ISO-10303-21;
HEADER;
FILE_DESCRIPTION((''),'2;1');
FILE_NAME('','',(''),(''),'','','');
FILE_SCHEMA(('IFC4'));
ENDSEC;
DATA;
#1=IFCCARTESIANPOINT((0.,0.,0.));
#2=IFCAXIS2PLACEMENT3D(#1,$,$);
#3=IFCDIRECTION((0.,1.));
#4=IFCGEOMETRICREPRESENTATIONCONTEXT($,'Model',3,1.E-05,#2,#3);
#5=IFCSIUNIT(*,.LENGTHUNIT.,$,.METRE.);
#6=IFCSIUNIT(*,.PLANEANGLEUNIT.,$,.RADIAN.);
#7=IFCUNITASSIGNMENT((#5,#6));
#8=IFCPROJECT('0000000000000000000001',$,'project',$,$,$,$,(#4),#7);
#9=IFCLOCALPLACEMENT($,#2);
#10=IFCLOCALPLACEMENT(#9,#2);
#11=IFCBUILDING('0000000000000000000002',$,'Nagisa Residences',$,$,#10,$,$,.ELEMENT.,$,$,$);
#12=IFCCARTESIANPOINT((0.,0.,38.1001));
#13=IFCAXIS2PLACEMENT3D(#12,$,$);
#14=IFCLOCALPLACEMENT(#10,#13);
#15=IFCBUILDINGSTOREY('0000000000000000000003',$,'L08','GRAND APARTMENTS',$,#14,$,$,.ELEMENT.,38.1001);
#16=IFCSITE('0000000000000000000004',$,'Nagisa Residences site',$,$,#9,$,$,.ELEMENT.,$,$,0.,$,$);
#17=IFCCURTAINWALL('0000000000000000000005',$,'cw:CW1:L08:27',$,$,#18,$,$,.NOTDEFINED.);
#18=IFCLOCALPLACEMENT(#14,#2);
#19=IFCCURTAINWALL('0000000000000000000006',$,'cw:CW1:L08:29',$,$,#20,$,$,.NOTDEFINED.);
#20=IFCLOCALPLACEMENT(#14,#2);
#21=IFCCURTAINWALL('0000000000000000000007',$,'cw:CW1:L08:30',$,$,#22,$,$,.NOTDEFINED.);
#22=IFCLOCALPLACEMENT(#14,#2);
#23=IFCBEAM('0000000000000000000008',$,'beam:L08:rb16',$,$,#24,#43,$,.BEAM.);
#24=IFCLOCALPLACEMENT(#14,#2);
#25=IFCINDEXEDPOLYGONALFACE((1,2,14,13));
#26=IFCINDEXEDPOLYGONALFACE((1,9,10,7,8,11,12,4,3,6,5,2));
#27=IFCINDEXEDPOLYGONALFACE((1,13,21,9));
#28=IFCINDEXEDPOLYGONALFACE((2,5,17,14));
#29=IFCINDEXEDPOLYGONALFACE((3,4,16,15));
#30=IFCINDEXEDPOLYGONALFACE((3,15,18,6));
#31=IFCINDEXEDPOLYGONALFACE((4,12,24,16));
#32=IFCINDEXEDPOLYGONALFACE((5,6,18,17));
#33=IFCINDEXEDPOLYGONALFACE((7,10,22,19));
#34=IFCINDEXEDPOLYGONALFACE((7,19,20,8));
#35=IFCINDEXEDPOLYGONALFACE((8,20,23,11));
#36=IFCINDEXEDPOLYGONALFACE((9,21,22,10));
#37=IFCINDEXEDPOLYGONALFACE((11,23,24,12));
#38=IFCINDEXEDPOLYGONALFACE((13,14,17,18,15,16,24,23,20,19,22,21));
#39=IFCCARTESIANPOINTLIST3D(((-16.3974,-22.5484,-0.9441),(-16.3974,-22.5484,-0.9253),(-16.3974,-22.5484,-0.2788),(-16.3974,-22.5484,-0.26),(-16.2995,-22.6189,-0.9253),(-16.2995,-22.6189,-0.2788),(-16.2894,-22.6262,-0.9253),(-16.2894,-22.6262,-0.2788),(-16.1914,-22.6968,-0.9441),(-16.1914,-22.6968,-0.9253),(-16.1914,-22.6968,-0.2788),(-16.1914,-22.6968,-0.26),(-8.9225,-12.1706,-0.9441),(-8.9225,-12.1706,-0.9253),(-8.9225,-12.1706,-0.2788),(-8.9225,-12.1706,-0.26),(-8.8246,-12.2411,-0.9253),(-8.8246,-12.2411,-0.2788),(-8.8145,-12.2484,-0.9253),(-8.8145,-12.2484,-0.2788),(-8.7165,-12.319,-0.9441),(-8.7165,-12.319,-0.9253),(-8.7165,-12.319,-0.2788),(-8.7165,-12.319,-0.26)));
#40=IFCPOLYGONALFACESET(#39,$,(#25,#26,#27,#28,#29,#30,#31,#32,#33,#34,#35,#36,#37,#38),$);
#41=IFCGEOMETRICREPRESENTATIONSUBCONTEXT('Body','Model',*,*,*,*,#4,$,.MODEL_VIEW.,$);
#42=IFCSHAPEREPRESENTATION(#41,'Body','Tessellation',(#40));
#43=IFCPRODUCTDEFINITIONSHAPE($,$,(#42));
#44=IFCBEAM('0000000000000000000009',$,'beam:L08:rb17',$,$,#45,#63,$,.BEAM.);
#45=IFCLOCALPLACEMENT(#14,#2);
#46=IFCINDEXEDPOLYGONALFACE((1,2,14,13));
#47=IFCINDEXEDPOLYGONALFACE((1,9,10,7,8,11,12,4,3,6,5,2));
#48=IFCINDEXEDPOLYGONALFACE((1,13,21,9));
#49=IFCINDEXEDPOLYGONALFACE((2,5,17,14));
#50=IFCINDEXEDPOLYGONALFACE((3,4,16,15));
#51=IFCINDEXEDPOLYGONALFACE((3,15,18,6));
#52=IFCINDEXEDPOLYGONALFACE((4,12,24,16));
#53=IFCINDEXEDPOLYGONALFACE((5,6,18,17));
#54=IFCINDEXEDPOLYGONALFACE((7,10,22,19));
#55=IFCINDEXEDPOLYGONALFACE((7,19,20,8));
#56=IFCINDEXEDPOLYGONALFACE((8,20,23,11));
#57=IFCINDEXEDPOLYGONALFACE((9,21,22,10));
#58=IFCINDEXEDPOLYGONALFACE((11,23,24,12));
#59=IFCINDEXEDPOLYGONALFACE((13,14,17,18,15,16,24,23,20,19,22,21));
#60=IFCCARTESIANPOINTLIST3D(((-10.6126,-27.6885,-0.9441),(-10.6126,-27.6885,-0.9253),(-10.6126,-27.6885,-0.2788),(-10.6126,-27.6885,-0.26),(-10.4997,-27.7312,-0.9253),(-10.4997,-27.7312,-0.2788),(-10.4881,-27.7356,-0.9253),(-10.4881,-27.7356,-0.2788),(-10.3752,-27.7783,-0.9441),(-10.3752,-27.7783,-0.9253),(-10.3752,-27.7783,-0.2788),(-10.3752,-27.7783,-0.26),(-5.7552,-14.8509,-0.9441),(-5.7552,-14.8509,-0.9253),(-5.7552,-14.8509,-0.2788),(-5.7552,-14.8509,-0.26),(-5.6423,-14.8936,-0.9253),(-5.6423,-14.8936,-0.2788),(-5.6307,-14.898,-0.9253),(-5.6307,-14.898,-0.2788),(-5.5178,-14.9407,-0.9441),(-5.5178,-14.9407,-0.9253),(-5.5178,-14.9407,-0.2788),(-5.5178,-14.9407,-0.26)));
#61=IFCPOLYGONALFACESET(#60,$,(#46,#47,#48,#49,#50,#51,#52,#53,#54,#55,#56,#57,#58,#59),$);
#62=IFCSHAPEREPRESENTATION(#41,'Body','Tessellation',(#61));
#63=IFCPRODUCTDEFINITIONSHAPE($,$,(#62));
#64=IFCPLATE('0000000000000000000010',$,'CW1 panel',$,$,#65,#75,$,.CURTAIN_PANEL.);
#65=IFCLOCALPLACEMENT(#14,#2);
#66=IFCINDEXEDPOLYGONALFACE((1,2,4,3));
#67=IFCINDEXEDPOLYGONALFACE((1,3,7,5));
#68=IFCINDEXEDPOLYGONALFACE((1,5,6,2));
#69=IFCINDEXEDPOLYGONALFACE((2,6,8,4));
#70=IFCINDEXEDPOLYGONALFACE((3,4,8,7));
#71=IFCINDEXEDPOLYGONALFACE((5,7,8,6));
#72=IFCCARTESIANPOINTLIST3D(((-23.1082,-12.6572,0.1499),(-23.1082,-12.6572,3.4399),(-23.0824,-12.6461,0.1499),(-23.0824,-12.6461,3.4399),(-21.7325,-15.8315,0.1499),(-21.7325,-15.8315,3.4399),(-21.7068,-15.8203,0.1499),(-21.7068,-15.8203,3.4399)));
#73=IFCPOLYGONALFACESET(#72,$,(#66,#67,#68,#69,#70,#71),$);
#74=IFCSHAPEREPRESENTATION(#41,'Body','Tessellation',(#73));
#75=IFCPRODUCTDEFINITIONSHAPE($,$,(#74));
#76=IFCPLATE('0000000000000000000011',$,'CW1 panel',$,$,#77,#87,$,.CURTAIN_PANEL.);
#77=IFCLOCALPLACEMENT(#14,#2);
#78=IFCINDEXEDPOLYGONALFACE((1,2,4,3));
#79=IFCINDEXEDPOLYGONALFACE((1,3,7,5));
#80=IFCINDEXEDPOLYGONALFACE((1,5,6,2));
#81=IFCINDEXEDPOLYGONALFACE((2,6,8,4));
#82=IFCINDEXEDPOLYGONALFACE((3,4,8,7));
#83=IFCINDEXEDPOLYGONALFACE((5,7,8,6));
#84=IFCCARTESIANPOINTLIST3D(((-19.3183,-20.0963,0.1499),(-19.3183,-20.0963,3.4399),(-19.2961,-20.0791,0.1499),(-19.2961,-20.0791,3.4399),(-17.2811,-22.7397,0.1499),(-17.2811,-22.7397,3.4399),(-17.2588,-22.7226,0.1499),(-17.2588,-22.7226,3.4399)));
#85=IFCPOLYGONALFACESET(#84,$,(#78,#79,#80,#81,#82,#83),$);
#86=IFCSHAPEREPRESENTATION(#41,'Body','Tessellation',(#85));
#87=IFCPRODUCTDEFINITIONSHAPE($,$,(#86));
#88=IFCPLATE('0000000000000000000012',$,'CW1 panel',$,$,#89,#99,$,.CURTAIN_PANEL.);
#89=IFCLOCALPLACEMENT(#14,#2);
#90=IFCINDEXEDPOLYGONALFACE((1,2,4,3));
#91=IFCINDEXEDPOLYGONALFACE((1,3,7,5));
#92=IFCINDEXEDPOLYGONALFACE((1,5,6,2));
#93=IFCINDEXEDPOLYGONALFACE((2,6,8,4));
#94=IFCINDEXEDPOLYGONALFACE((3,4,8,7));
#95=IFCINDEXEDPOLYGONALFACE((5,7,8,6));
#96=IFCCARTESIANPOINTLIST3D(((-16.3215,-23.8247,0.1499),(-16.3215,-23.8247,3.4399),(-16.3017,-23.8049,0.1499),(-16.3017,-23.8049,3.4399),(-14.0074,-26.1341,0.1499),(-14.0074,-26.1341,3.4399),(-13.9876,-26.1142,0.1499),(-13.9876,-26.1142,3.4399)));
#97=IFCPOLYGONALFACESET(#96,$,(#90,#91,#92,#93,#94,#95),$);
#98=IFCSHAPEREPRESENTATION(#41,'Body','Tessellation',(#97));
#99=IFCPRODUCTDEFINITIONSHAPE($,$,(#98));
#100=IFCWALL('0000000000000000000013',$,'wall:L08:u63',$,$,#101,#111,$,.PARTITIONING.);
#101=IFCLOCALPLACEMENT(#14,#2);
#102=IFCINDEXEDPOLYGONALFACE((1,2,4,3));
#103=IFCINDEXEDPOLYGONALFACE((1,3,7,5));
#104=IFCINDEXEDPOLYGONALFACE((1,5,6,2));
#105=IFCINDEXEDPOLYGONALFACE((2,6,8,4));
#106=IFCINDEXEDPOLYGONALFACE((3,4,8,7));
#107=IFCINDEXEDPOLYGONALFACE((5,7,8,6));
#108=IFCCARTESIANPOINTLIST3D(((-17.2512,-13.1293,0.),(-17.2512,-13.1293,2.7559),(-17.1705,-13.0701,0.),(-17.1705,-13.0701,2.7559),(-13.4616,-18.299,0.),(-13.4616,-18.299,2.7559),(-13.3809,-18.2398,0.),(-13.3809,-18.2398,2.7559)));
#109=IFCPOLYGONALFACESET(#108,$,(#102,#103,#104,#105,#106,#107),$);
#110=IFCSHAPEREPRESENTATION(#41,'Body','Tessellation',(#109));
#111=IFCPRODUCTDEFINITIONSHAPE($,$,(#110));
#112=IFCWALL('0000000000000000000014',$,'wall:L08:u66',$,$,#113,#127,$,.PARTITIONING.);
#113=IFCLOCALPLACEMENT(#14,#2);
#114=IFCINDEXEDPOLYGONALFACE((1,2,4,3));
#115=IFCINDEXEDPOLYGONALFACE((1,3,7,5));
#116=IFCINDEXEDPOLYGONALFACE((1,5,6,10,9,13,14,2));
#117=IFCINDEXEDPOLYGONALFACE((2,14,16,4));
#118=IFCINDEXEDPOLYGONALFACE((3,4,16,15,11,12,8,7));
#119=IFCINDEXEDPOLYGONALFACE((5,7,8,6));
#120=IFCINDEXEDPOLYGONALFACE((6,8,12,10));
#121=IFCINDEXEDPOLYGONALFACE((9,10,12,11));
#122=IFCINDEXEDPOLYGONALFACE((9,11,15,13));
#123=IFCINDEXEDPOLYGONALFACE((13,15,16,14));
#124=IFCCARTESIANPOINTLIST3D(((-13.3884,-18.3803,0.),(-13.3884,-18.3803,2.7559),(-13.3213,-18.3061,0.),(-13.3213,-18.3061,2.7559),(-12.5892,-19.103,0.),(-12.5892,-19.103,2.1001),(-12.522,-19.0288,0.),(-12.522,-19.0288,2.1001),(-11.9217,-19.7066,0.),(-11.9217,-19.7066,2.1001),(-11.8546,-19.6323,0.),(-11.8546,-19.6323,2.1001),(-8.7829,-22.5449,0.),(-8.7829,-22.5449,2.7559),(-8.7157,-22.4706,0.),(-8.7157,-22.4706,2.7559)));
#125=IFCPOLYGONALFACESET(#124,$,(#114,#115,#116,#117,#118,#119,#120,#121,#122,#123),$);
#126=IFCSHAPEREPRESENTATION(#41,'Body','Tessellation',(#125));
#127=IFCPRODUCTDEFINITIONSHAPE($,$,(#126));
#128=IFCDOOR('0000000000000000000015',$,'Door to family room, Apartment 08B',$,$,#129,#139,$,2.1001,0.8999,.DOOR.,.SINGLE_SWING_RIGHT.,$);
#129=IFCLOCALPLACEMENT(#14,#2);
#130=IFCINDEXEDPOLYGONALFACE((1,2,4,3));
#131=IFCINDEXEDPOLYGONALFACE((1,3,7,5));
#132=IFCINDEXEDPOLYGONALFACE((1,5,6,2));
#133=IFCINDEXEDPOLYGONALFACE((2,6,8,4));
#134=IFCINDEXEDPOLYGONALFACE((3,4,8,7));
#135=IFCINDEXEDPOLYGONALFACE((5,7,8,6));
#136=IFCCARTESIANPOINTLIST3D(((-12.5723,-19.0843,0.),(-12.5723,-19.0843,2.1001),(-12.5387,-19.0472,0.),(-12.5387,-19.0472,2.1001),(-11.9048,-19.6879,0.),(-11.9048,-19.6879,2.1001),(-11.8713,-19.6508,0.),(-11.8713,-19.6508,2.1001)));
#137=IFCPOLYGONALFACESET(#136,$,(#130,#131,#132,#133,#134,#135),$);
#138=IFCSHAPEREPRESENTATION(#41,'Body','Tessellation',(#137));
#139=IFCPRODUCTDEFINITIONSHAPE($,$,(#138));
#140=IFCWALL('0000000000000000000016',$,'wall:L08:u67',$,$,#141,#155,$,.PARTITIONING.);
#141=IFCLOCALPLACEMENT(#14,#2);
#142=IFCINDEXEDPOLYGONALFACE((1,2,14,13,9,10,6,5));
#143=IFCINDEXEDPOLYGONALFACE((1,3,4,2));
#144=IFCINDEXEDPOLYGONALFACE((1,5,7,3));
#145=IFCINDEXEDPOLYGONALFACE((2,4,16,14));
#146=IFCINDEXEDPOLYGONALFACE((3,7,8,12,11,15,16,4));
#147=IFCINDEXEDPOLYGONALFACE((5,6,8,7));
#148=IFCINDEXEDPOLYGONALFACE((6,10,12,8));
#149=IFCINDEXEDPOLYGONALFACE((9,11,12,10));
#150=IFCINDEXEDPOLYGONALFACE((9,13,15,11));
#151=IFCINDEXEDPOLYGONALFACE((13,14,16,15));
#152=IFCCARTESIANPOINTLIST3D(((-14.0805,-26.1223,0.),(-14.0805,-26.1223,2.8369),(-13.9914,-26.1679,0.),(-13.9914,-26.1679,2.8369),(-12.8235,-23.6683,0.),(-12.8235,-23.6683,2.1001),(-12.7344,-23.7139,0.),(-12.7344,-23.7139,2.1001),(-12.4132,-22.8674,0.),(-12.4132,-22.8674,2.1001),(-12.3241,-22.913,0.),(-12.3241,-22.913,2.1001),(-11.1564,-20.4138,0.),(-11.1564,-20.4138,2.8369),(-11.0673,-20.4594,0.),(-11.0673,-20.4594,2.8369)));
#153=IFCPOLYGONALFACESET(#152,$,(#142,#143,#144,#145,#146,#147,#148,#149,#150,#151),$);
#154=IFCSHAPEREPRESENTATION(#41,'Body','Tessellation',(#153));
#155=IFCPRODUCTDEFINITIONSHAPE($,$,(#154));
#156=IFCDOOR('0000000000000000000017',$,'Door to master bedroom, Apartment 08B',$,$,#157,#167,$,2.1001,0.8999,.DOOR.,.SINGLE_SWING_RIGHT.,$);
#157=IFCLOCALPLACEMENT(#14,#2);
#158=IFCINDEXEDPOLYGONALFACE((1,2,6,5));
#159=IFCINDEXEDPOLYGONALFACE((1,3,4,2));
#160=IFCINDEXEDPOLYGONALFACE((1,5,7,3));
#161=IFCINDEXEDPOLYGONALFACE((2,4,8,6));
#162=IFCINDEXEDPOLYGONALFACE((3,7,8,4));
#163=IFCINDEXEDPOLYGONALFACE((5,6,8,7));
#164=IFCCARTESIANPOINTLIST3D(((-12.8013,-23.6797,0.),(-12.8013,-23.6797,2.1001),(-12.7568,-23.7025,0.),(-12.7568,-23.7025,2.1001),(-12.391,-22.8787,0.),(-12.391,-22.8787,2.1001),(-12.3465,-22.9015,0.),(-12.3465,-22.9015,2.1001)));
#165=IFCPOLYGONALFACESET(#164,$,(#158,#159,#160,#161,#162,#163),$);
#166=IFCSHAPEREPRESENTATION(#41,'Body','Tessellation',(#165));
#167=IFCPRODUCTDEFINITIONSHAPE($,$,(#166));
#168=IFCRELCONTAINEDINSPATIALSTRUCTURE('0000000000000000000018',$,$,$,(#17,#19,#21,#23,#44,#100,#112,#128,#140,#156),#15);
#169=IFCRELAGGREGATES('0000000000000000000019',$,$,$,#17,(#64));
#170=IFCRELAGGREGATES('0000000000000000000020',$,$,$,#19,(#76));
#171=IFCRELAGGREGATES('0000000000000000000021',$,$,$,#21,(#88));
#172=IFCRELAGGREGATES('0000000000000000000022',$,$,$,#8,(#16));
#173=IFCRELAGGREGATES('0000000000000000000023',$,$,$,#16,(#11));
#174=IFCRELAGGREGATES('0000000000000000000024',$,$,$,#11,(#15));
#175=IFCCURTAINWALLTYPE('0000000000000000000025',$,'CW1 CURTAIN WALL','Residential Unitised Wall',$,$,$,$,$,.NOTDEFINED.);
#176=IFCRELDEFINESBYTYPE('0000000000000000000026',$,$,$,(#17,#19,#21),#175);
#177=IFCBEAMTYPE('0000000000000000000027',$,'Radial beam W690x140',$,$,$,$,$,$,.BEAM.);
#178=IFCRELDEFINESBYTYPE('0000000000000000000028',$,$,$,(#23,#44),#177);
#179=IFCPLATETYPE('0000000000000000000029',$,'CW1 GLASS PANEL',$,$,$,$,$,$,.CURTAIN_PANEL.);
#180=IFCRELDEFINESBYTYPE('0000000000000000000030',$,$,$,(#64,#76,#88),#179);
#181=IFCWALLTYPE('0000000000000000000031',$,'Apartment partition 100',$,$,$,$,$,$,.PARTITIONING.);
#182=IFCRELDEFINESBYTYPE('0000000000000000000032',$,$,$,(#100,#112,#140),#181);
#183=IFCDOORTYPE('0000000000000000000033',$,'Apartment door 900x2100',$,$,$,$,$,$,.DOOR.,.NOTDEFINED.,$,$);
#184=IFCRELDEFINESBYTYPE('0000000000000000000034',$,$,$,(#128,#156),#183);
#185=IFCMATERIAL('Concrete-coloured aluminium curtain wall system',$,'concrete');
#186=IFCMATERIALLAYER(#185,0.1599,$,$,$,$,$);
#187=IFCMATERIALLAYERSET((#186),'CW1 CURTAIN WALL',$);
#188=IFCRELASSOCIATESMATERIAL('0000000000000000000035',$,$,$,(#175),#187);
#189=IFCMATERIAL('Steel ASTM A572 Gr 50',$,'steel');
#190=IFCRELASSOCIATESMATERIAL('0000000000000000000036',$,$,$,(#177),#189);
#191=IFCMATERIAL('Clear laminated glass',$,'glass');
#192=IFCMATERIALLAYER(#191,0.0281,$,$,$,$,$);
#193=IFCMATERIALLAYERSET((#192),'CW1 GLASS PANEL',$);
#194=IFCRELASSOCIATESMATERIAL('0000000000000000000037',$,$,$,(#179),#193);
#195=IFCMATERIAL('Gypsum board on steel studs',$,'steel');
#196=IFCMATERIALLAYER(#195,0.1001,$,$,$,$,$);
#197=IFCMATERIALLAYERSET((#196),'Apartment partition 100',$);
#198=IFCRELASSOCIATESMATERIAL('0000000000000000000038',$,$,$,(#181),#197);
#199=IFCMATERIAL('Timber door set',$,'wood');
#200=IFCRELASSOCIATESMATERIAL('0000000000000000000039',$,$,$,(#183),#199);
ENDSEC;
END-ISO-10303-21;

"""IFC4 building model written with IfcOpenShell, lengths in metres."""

from ifc_helpers import new_model, si_unit, direction, frame, frame_2d, origin, origin_2d, place, context, subcontext, project, spatial, rectangle, i_section, extrude, material, layer, layer_set, material_profile, profile_set, type_object, element, fill, aggregate, save


model = new_model("IFC4")

# Units and contexts
model_context = context("Model", 3, precision=1e-05, world=origin(), true_north=direction((0.0, 1.0)))
body_context = subcontext(model_context, "Body", "Model", "MODEL_VIEW")
ifc_project = project(units=[si_unit("LENGTHUNIT", "METRE"), si_unit("PLANEANGLEUNIT", "RADIAN")], contexts=[model_context])

# Site, building, storey
site_placement = place(None, origin())
site = spatial("IfcSite", under=ifc_project, at=site_placement, Name="Nagisa Residences site", CompositionType="ELEMENT", RefElevation=0.0)
building_placement = place(site_placement, origin())
building = spatial("IfcBuilding", under=site, at=building_placement, Name="Nagisa Residences", CompositionType="ELEMENT")
storey_placement = place(building_placement, frame((0.0, 0.0, 38.1001)))
storey = spatial("IfcBuildingStorey", under=building, at=storey_placement, Name="L08", Description="GRAND APARTMENTS", CompositionType="ELEMENT", Elevation=38.1001)

# Curtain walls
ifc_material_1 = material(Name="Concrete-coloured aluminium curtain wall system", Category="concrete")
ifc_layer_1 = layer(ifc_material_1, 0.1599)
ifc_layer_set_1 = layer_set([ifc_layer_1], Name="CW1 CURTAIN WALL")
curtain_wall_type = type_object("IfcCurtainWallType", Name="CW1 CURTAIN WALL", Description="Residential Unitised Wall", PredefinedType="NOTDEFINED", material=ifc_layer_set_1)
curtain_wall_1_placement = place(storey_placement, origin())
curtain_wall_1 = element("IfcCurtainWall", 1, at=curtain_wall_1_placement, inside=storey, type_object=curtain_wall_type, Name="cw:CW1:L08:27", PredefinedType="NOTDEFINED")
curtain_wall_2_placement = place(storey_placement, origin())
curtain_wall_2 = element("IfcCurtainWall", 2, at=curtain_wall_2_placement, inside=storey, type_object=curtain_wall_type, Name="cw:CW1:L08:29", PredefinedType="NOTDEFINED")
curtain_wall_3_placement = place(storey_placement, origin())
curtain_wall_3 = element("IfcCurtainWall", 3, at=curtain_wall_3_placement, inside=storey, type_object=curtain_wall_type, Name="cw:CW1:L08:30", PredefinedType="NOTDEFINED")

# Beams
ifc_material_2 = material(Name="Steel ASTM A572 Gr 50", Category="steel")
ifc_material_profile_1 = material_profile(ifc_material_2, i_section(OverallWidth=0.2539, OverallDepth=0.6841, WebThickness=0.0125, FlangeThickness=0.0188, at=origin_2d()), Name="W690x140")
ifc_profile_set_1 = profile_set([ifc_material_profile_1], Name="Steel ASTM A572 Gr 50")
beam_type_1 = type_object("IfcBeamType", Name="Radial beam W690x140", PredefinedType="BEAM", material=ifc_profile_set_1)
beam_1_placement = place(storey_placement, frame((-16.2944, -22.6226, -0.6021), z_axis=(0.584455, 0.811426, 0.0), x_axis=(-0.811426, 0.584455, 0.0)))
element("IfcBeam", 4, at=beam_1_placement, inside=storey, type_object=beam_type_1, Name="beam:L08:rb16", PredefinedType="BEAM", context=body_context, shape_type="SweptSolid", body=[
    extrude(i_section(OverallWidth=0.2539, OverallDepth=0.6841, WebThickness=0.0125, FlangeThickness=0.0188, at=origin_2d()), origin(), (0.0, 0.0, 1.0), 12.7896),
])
beam_2_placement = place(storey_placement, frame((-10.4939, -27.7334, -0.6021), z_axis=(0.353888, 0.935288, 0.0), x_axis=(-0.935288, 0.353888, 0.0)))
element("IfcBeam", 5, at=beam_2_placement, inside=storey, type_object=beam_type_1, Name="beam:L08:rb17", PredefinedType="BEAM", context=body_context, shape_type="SweptSolid", body=[
    extrude(i_section(OverallWidth=0.2539, OverallDepth=0.6841, WebThickness=0.0125, FlangeThickness=0.0188, at=origin_2d()), origin(), (0.0, 0.0, 1.0), 13.7258),
])

# Plates
ifc_material_3 = material(Name="Clear laminated glass", Category="glass")
ifc_layer_2 = layer(ifc_material_3, 0.0281)
ifc_layer_set_2 = layer_set([ifc_layer_2], Name="CW1 GLASS PANEL")
plate_type = type_object("IfcPlateType", Name="CW1 GLASS PANEL", PredefinedType="CURTAIN_PANEL", material=ifc_layer_set_2)
plate_1_placement = place(storey_placement, frame((-22.4075, -14.2388, 0.1499), z_axis=(0.0, 0.0, 1.0), x_axis=(0.397636, -0.917543, 0.0)))
plate_1 = element("IfcPlate", 6, at=plate_1_placement, type_object=plate_type, Name="CW1 panel", PredefinedType="CURTAIN_PANEL", context=body_context, shape_type="SweptSolid", body=[
    extrude(rectangle(XDim=3.4595, YDim=0.0281, at=origin_2d()), origin(), (0.0, 0.0, 1.0), 3.29),
])
aggregate(curtain_wall_1, [plate_1])
plate_2_placement = place(storey_placement, frame((-18.2886, -21.4094, 0.1499), z_axis=(0.0, 0.0, 1.0), x_axis=(0.61043, -0.79207, 0.0)))
plate_2 = element("IfcPlate", 7, at=plate_2_placement, type_object=plate_type, Name="CW1 panel", PredefinedType="CURTAIN_PANEL", context=body_context, shape_type="SweptSolid", body=[
    extrude(rectangle(XDim=3.3374, YDim=0.0281, at=origin_2d()), origin(), (0.0, 0.0, 1.0), 3.29),
])
aggregate(curtain_wall_2, [plate_2])
plate_3_placement = place(storey_placement, frame((-15.1545, -24.9695, 0.1499), z_axis=(0.0, 0.0, 1.0), x_axis=(0.707836, -0.706377, 0.0)))
plate_3 = element("IfcPlate", 8, at=plate_3_placement, type_object=plate_type, Name="CW1 panel", PredefinedType="CURTAIN_PANEL", context=body_context, shape_type="SweptSolid", body=[
    extrude(rectangle(XDim=3.2693, YDim=0.0281, at=origin_2d()), origin(), (0.0, 0.0, 1.0), 3.29),
])
aggregate(curtain_wall_3, [plate_3])

# Wall
ifc_material_4 = material(Name="Gypsum board on steel studs", Category="steel")
ifc_layer_3 = layer(ifc_material_4, 0.1001)
ifc_layer_set_3 = layer_set([ifc_layer_3], Name="Apartment partition 100")
wall_type_1 = type_object("IfcWallType", Name="Apartment partition 100", PredefinedType="PARTITIONING", material=ifc_layer_set_3)
wall_1_placement = place(storey_placement, frame((-17.2109, -13.0996, 0.0), z_axis=(0.0, 0.0, 1.0), x_axis=(0.591207, -0.80652, 0.0)))
element("IfcWall", 9, at=wall_1_placement, inside=storey, type_object=wall_type_1, Name="wall:L08:u63", PredefinedType="PARTITIONING", context=body_context, shape_type="SweptSolid", body=[
    extrude(rectangle(XDim=6.4099, YDim=0.1001, at=frame_2d((3.2051, 0.0))), origin(), (0.0, 0.0, 1.0), 2.7559),
])

# Walls, openings, doors
wall_2_placement = place(storey_placement, frame((-13.3547, -18.3433, 0.0), z_axis=(0.0, 0.0, 1.0), x_axis=(0.74172, -0.670709, 0.0)))
wall_2 = element("IfcWall", 10, at=wall_2_placement, inside=storey, type_object=wall_type_1, Name="wall:L08:u66", PredefinedType="PARTITIONING", context=body_context, shape_type="SweptSolid", body=[
    extrude(rectangle(XDim=6.2092, YDim=0.1001, at=frame_2d((3.1045, 0.0))), origin(), (0.0, 0.0, 1.0), 2.7559),
])
opening_1_placement = place(wall_2_placement, frame((1.0774, 0.0, 0.0)))
opening_1 = element("IfcOpeningElement", 11, at=opening_1_placement, cuts=wall_2, PredefinedType="OPENING", context=body_context, shape_type="SweptSolid", body=[
    extrude(rectangle(XDim=0.8999, YDim=2.1001, at=frame_2d((0.45, 1.05))), frame((0.0, 0.0601, 0.0), z_axis=(0.0, -1.0, 0.0), x_axis=(1.0, 0.0, 0.0)), (0.0, 0.0, 1.0), 0.1201),
])
ifc_material_5 = material(Name="Timber door set", Category="wood")
door_type_1 = type_object("IfcDoorType", Name="Apartment door 900x2100", OperationType="NOTDEFINED", PredefinedType="DOOR", material=ifc_material_5)
door_1_placement = place(opening_1_placement, frame((0.8999, 0.0, 0.0), x_axis=(-1.0, 0.0, 0.0)))
door_1 = element("IfcDoor", 12, at=door_1_placement, inside=storey, type_object=door_type_1, Name="Door to family room, Apartment 08B", OperationType="SINGLE_SWING_RIGHT", OverallHeight=2.1001, OverallWidth=0.8999, PredefinedType="DOOR", context=body_context, shape_type="SweptSolid", body=[
    extrude(rectangle(XDim=0.8999, YDim=2.1001, at=frame_2d((0.45, 1.05))), frame((0.0, 0.0249, 0.0), z_axis=(0.0, -1.0, 0.0), x_axis=(1.0, 0.0, 0.0)), (0.0, 0.0, 1.0), 0.05),
])
fill(opening_1, door_1)
wall_3_placement = place(storey_placement, frame((-11.1118, -20.4365, 0.0), z_axis=(0.0, 0.0, 1.0), x_axis=(-0.455902, -0.89003, 0.0)))
wall_3 = element("IfcWall", 13, at=wall_3_placement, inside=storey, type_object=wall_type_1, Name="wall:L08:u67", PredefinedType="PARTITIONING", context=body_context, shape_type="SweptSolid", body=[
    extrude(rectangle(XDim=6.4138, YDim=0.1001, at=frame_2d((3.207, 0.0))), origin(), (0.0, 0.0, 1.0), 2.8369),
])
opening_2_placement = place(wall_3_placement, frame((2.7568, 0.0, 0.0)))
opening_2 = element("IfcOpeningElement", 14, at=opening_2_placement, cuts=wall_3, PredefinedType="OPENING", context=body_context, shape_type="SweptSolid", body=[
    extrude(rectangle(XDim=0.8999, YDim=2.1001, at=frame_2d((0.45, 1.05))), frame((0.0, 0.0601, 0.0), z_axis=(0.0, -1.0, 0.0), x_axis=(1.0, 0.0, 0.0)), (0.0, 0.0, 1.0), 0.1201),
])
door_2_placement = place(opening_2_placement, origin())
door_2 = element("IfcDoor", 15, at=door_2_placement, inside=storey, type_object=door_type_1, Name="Door to master bedroom, Apartment 08B", OperationType="SINGLE_SWING_RIGHT", OverallHeight=2.1001, OverallWidth=0.8999, PredefinedType="DOOR", context=body_context, shape_type="SweptSolid", body=[
    extrude(rectangle(XDim=0.8999, YDim=2.1001, at=frame_2d((0.45, 1.05))), frame((0.0, 0.0249, 0.0), z_axis=(0.0, -1.0, 0.0), x_axis=(1.0, 0.0, 0.0)), (0.0, 0.0, 1.0), 0.05),
])
fill(opening_2, door_2)

save(model, "model.ifc")
